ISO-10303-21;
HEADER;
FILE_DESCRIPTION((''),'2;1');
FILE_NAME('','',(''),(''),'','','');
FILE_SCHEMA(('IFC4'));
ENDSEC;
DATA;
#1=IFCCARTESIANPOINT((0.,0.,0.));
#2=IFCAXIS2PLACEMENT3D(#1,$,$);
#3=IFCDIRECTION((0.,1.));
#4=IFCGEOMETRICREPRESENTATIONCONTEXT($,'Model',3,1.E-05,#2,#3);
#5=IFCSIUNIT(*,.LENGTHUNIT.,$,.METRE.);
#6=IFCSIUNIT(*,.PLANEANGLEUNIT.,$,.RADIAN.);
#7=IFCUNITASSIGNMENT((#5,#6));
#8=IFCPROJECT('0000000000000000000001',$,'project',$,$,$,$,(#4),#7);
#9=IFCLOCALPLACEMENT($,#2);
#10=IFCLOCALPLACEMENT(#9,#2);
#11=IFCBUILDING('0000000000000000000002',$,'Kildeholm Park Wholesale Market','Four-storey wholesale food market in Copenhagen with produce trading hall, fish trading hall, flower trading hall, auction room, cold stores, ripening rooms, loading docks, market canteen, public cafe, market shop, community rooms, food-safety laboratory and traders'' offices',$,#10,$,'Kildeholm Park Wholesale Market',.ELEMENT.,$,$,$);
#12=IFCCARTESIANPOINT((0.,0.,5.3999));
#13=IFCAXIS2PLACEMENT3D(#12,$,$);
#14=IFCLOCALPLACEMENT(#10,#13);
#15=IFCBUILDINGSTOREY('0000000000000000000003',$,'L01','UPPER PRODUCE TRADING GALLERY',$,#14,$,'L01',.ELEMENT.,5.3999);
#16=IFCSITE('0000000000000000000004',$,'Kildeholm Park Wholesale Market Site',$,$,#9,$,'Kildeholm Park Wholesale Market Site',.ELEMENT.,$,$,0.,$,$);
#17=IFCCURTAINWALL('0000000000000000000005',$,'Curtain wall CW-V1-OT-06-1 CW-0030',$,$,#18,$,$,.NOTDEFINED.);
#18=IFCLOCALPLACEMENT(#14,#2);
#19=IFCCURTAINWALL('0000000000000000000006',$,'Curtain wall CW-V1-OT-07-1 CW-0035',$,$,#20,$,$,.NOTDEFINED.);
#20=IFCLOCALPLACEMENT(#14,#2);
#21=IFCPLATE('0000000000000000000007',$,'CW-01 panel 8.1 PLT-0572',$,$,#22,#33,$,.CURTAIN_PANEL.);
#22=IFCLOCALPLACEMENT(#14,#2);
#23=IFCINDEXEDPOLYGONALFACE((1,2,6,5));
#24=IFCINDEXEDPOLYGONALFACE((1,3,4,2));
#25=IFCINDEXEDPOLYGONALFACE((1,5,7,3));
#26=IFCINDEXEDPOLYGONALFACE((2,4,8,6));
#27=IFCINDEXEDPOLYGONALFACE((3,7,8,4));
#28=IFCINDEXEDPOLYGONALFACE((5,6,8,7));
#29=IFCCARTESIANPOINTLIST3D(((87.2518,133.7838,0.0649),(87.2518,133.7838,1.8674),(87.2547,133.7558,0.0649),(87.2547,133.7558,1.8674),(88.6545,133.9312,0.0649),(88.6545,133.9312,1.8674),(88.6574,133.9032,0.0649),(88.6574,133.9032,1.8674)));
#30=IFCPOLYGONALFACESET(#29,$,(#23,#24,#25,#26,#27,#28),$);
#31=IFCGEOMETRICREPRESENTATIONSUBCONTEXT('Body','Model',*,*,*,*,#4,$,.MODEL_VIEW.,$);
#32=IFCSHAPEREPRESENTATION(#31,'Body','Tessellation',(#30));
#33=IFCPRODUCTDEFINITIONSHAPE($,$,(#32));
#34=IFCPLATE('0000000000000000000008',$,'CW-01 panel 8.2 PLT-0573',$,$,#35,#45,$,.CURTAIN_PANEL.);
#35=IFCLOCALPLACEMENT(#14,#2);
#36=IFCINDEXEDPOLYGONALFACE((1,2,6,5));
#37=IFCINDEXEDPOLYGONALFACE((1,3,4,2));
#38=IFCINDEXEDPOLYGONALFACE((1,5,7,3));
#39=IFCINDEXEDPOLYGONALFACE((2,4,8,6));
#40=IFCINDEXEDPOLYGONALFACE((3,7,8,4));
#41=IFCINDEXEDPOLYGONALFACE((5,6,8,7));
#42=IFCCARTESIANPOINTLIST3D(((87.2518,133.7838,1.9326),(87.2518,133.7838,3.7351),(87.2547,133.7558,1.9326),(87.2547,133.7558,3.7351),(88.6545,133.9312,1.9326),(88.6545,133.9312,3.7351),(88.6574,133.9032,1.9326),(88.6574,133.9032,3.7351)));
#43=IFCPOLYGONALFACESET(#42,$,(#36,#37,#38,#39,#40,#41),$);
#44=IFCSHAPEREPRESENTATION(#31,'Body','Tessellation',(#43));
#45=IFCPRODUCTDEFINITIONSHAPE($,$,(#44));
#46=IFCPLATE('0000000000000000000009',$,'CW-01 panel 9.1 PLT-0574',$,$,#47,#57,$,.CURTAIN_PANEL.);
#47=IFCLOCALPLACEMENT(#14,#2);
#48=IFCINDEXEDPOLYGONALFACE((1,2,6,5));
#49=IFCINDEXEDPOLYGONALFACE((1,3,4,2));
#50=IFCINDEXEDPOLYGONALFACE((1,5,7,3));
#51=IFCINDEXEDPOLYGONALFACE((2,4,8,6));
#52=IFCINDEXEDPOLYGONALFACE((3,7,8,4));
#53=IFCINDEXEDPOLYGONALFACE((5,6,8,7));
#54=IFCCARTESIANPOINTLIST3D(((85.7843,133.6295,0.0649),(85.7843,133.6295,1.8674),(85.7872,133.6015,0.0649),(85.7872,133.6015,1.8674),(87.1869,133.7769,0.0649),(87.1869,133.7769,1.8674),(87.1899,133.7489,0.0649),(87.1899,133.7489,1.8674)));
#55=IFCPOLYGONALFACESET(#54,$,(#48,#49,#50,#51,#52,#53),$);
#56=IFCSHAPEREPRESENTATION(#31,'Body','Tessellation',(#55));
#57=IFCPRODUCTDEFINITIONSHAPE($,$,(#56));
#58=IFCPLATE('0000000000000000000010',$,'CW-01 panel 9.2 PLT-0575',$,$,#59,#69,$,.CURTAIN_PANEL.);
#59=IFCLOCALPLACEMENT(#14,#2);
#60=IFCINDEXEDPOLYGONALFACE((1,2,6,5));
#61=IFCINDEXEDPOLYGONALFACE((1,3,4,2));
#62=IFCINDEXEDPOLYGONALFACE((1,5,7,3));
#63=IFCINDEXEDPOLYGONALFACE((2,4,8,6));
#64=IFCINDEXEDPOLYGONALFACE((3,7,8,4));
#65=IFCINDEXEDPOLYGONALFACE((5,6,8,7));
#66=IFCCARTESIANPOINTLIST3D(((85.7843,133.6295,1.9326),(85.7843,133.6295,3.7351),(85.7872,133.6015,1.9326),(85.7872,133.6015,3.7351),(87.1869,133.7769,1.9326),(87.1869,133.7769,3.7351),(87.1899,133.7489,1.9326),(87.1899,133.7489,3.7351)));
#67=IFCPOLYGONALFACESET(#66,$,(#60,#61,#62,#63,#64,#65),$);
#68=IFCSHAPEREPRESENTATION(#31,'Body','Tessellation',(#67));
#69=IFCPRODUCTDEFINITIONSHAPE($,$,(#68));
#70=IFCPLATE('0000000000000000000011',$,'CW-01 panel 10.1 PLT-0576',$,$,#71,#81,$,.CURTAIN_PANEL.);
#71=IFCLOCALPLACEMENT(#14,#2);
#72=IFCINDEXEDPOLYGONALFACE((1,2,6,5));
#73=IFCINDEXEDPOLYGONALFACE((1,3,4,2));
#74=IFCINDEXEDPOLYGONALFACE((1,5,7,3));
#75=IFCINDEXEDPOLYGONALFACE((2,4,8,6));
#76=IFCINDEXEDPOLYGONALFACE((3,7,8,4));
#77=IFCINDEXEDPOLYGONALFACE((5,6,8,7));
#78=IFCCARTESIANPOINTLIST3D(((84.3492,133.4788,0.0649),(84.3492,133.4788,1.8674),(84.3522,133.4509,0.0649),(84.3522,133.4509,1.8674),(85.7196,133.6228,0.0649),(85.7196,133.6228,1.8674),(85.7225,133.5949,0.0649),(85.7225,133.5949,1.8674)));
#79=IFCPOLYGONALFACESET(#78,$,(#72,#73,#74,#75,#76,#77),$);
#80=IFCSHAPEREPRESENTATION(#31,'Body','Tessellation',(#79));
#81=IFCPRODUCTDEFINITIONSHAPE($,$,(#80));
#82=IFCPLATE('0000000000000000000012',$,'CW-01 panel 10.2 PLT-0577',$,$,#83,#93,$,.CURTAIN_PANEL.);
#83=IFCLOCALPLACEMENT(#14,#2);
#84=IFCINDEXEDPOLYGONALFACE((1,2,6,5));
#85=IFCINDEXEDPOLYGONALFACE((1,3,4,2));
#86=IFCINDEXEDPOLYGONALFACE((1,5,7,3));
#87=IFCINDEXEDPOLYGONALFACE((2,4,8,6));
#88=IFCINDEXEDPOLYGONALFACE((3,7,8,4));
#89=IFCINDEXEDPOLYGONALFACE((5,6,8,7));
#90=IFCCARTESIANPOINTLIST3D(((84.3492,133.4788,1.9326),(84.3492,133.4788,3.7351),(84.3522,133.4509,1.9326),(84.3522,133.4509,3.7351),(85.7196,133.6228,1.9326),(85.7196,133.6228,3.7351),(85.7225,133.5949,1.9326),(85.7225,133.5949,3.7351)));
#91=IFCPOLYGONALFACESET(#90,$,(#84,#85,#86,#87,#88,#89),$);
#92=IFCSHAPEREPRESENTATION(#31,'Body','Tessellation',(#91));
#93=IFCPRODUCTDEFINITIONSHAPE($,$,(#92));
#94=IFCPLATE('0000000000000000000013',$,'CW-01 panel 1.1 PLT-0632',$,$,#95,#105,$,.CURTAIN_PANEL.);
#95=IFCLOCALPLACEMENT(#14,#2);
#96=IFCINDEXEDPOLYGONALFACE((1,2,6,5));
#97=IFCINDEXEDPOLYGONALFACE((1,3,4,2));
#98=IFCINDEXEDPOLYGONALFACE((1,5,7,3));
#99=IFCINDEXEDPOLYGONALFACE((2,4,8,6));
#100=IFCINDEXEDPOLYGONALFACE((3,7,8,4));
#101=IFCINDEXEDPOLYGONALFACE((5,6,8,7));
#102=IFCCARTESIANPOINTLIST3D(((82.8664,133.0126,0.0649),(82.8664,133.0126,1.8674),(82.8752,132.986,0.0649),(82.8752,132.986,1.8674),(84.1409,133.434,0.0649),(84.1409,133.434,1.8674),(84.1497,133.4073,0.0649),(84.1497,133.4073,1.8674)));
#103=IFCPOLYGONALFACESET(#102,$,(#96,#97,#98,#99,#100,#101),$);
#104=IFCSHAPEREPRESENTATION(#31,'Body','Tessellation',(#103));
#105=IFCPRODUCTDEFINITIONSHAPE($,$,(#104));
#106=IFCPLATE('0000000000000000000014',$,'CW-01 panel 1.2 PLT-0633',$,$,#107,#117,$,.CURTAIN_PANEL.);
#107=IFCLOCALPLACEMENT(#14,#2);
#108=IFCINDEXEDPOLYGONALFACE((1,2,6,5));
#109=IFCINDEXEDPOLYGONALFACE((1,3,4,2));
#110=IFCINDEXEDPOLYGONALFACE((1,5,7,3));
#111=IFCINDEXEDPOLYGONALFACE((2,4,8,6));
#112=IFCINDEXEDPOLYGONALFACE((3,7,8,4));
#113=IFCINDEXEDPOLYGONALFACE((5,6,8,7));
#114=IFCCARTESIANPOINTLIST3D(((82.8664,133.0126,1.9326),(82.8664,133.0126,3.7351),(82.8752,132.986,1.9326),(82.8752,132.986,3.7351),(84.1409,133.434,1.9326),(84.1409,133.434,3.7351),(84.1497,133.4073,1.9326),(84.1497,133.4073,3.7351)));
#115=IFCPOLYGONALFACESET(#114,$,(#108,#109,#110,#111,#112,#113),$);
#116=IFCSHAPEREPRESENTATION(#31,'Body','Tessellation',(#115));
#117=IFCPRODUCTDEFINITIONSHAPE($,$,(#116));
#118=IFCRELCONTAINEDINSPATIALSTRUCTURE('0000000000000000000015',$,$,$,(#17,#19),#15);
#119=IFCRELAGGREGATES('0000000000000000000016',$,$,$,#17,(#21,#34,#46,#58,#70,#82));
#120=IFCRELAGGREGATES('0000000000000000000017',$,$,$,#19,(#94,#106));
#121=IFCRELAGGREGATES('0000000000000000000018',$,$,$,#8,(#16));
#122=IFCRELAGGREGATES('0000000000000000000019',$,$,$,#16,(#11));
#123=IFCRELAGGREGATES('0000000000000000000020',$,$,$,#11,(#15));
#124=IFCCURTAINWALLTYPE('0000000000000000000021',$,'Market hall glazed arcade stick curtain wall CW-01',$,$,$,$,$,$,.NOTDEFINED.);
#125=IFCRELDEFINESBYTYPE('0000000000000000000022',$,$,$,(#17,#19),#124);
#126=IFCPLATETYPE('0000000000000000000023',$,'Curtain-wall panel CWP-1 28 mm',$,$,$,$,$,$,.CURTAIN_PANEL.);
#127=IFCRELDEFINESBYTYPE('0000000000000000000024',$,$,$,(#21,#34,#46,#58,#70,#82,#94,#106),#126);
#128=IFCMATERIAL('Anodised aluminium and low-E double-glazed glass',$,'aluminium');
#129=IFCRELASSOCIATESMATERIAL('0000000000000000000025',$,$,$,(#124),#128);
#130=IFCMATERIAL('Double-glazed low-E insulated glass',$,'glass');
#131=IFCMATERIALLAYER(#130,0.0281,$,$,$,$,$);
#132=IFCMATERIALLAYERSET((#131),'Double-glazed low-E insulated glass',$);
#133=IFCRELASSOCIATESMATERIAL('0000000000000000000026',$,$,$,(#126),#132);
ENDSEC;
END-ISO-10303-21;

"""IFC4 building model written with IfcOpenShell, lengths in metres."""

from ifc_helpers import new_model, si_unit, direction, frame, origin, origin_2d, place, context, subcontext, project, spatial, rectangle, extrude, material, layer, layer_set, type_object, element, aggregate, save


model = new_model("IFC4")

# Units and contexts
model_context = context("Model", 3, precision=1e-05, world=origin(), true_north=direction((0.0, 1.0)))
body_context = subcontext(model_context, "Body", "Model", "MODEL_VIEW")
ifc_project = project(units=[si_unit("LENGTHUNIT", "METRE"), si_unit("PLANEANGLEUNIT", "RADIAN")], contexts=[model_context])

# Site, building, storey
site_placement = place(None, origin())
site = spatial("IfcSite", under=ifc_project, at=site_placement, Name="Kildeholm Park Wholesale Market Site", LongName="Kildeholm Park Wholesale Market Site", CompositionType="ELEMENT", RefElevation=0.0)
building_placement = place(site_placement, origin())
building = spatial("IfcBuilding", under=site, at=building_placement, Name="Kildeholm Park Wholesale Market", Description="Four-storey wholesale food market in Copenhagen with produce trading hall, fish trading hall, flower trading hall, auction room, cold stores, ripening rooms, loading docks, market canteen, public cafe, market shop, community rooms, food-safety laboratory and traders' offices", LongName="Kildeholm Park Wholesale Market", CompositionType="ELEMENT")
storey_placement = place(building_placement, frame((0.0, 0.0, 5.3999)))
storey = spatial("IfcBuildingStorey", under=building, at=storey_placement, Name="L01", Description="UPPER PRODUCE TRADING GALLERY", LongName="L01", CompositionType="ELEMENT", Elevation=5.3999)

# Curtain walls
ifc_material_1 = material(Name="Anodised aluminium and low-E double-glazed glass", Category="aluminium")
curtain_wall_type = type_object("IfcCurtainWallType", Name="Market hall glazed arcade stick curtain wall CW-01", PredefinedType="NOTDEFINED", material=ifc_material_1)
curtain_wall_1_placement = place(storey_placement, origin())
curtain_wall_1 = element("IfcCurtainWall", 1, at=curtain_wall_1_placement, inside=storey, type_object=curtain_wall_type, Name="Curtain wall CW-V1-OT-06-1 CW-0030", PredefinedType="NOTDEFINED")
curtain_wall_2_placement = place(storey_placement, origin())
curtain_wall_2 = element("IfcCurtainWall", 2, at=curtain_wall_2_placement, inside=storey, type_object=curtain_wall_type, Name="Curtain wall CW-V1-OT-07-1 CW-0035", PredefinedType="NOTDEFINED")

# Plates
ifc_material_2 = material(Name="Double-glazed low-E insulated glass", Category="glass")
ifc_layer = layer(ifc_material_2, 0.0281)
ifc_layer_set = layer_set([ifc_layer], Name="Double-glazed low-E insulated glass")
plate_type = type_object("IfcPlateType", Name="Curtain-wall panel CWP-1 28 mm", PredefinedType="CURTAIN_PANEL", material=ifc_layer_set)
plate_1_placement = place(storey_placement, frame((87.9546, 133.8435, 0.0649), z_axis=(0.0, 0.0, 1.0), x_axis=(-0.994524, -0.104508, 0.0)))
plate_1 = element("IfcPlate", 3, at=plate_1_placement, type_object=plate_type, Name="CW-01 panel 8.1 PLT-0572", PredefinedType="CURTAIN_PANEL", context=body_context, shape_type="SweptSolid", body=[
    extrude(rectangle(XDim=1.4104, YDim=0.0281, at=origin_2d()), origin(), (0.0, 0.0, 1.0), 1.8025),
])
plate_2_placement = place(storey_placement, frame((87.9546, 133.8435, 1.9326), z_axis=(0.0, 0.0, 1.0), x_axis=(-0.994524, -0.104508, 0.0)))
plate_2 = element("IfcPlate", 4, at=plate_2_placement, type_object=plate_type, Name="CW-01 panel 8.2 PLT-0573", PredefinedType="CURTAIN_PANEL", context=body_context, shape_type="SweptSolid", body=[
    extrude(rectangle(XDim=1.4104, YDim=0.0281, at=origin_2d()), origin(), (0.0, 0.0, 1.0), 1.8025),
])
plate_3_placement = place(storey_placement, frame((86.4871, 133.6892, 0.0649), z_axis=(0.0, 0.0, 1.0), x_axis=(-0.994524, -0.104508, 0.0)))
plate_3 = element("IfcPlate", 5, at=plate_3_placement, type_object=plate_type, Name="CW-01 panel 9.1 PLT-0574", PredefinedType="CURTAIN_PANEL", context=body_context, shape_type="SweptSolid", body=[
    extrude(rectangle(XDim=1.4104, YDim=0.0281, at=origin_2d()), origin(), (0.0, 0.0, 1.0), 1.8025),
])
plate_4_placement = place(storey_placement, frame((86.4871, 133.6892, 1.9326), z_axis=(0.0, 0.0, 1.0), x_axis=(-0.994524, -0.104508, 0.0)))
plate_4 = element("IfcPlate", 6, at=plate_4_placement, type_object=plate_type, Name="CW-01 panel 9.2 PLT-0575", PredefinedType="CURTAIN_PANEL", context=body_context, shape_type="SweptSolid", body=[
    extrude(rectangle(XDim=1.4104, YDim=0.0281, at=origin_2d()), origin(), (0.0, 0.0, 1.0), 1.8025),
])
plate_5_placement = place(storey_placement, frame((85.0359, 133.5369, 0.0649), z_axis=(0.0, 0.0, 1.0), x_axis=(-0.994524, -0.104508, 0.0)))
plate_5 = element("IfcPlate", 7, at=plate_5_placement, type_object=plate_type, Name="CW-01 panel 10.1 PLT-0576", PredefinedType="CURTAIN_PANEL", context=body_context, shape_type="SweptSolid", body=[
    extrude(rectangle(XDim=1.3779, YDim=0.0281, at=origin_2d()), origin(), (0.0, 0.0, 1.0), 1.8025),
])
plate_6_placement = place(storey_placement, frame((85.0359, 133.5369, 1.9326), z_axis=(0.0, 0.0, 1.0), x_axis=(-0.994524, -0.104508, 0.0)))
plate_6 = element("IfcPlate", 8, at=plate_6_placement, type_object=plate_type, Name="CW-01 panel 10.2 PLT-0577", PredefinedType="CURTAIN_PANEL", context=body_context, shape_type="SweptSolid", body=[
    extrude(rectangle(XDim=1.3779, YDim=0.0281, at=origin_2d()), origin(), (0.0, 0.0, 1.0), 1.8025),
])
aggregate(curtain_wall_1, [plate_1, plate_2, plate_3, plate_4, plate_5, plate_6])
plate_7_placement = place(storey_placement, frame((83.5081, 133.21, 0.0649), z_axis=(0.0, 0.0, 1.0), x_axis=(-0.949451, -0.313914, 0.0)))
plate_7 = element("IfcPlate", 9, at=plate_7_placement, type_object=plate_type, Name="CW-01 panel 1.1 PLT-0632", PredefinedType="CURTAIN_PANEL", context=body_context, shape_type="SweptSolid", body=[
    extrude(rectangle(XDim=1.3423, YDim=0.0281, at=origin_2d()), origin(), (0.0, 0.0, 1.0), 1.8025),
])
plate_8_placement = place(storey_placement, frame((83.5081, 133.21, 1.9326), z_axis=(0.0, 0.0, 1.0), x_axis=(-0.949451, -0.313914, 0.0)))
plate_8 = element("IfcPlate", 10, at=plate_8_placement, type_object=plate_type, Name="CW-01 panel 1.2 PLT-0633", PredefinedType="CURTAIN_PANEL", context=body_context, shape_type="SweptSolid", body=[
    extrude(rectangle(XDim=1.3423, YDim=0.0281, at=origin_2d()), origin(), (0.0, 0.0, 1.0), 1.8025),
])
aggregate(curtain_wall_2, [plate_7, plate_8])

save(model, "model.ifc")
